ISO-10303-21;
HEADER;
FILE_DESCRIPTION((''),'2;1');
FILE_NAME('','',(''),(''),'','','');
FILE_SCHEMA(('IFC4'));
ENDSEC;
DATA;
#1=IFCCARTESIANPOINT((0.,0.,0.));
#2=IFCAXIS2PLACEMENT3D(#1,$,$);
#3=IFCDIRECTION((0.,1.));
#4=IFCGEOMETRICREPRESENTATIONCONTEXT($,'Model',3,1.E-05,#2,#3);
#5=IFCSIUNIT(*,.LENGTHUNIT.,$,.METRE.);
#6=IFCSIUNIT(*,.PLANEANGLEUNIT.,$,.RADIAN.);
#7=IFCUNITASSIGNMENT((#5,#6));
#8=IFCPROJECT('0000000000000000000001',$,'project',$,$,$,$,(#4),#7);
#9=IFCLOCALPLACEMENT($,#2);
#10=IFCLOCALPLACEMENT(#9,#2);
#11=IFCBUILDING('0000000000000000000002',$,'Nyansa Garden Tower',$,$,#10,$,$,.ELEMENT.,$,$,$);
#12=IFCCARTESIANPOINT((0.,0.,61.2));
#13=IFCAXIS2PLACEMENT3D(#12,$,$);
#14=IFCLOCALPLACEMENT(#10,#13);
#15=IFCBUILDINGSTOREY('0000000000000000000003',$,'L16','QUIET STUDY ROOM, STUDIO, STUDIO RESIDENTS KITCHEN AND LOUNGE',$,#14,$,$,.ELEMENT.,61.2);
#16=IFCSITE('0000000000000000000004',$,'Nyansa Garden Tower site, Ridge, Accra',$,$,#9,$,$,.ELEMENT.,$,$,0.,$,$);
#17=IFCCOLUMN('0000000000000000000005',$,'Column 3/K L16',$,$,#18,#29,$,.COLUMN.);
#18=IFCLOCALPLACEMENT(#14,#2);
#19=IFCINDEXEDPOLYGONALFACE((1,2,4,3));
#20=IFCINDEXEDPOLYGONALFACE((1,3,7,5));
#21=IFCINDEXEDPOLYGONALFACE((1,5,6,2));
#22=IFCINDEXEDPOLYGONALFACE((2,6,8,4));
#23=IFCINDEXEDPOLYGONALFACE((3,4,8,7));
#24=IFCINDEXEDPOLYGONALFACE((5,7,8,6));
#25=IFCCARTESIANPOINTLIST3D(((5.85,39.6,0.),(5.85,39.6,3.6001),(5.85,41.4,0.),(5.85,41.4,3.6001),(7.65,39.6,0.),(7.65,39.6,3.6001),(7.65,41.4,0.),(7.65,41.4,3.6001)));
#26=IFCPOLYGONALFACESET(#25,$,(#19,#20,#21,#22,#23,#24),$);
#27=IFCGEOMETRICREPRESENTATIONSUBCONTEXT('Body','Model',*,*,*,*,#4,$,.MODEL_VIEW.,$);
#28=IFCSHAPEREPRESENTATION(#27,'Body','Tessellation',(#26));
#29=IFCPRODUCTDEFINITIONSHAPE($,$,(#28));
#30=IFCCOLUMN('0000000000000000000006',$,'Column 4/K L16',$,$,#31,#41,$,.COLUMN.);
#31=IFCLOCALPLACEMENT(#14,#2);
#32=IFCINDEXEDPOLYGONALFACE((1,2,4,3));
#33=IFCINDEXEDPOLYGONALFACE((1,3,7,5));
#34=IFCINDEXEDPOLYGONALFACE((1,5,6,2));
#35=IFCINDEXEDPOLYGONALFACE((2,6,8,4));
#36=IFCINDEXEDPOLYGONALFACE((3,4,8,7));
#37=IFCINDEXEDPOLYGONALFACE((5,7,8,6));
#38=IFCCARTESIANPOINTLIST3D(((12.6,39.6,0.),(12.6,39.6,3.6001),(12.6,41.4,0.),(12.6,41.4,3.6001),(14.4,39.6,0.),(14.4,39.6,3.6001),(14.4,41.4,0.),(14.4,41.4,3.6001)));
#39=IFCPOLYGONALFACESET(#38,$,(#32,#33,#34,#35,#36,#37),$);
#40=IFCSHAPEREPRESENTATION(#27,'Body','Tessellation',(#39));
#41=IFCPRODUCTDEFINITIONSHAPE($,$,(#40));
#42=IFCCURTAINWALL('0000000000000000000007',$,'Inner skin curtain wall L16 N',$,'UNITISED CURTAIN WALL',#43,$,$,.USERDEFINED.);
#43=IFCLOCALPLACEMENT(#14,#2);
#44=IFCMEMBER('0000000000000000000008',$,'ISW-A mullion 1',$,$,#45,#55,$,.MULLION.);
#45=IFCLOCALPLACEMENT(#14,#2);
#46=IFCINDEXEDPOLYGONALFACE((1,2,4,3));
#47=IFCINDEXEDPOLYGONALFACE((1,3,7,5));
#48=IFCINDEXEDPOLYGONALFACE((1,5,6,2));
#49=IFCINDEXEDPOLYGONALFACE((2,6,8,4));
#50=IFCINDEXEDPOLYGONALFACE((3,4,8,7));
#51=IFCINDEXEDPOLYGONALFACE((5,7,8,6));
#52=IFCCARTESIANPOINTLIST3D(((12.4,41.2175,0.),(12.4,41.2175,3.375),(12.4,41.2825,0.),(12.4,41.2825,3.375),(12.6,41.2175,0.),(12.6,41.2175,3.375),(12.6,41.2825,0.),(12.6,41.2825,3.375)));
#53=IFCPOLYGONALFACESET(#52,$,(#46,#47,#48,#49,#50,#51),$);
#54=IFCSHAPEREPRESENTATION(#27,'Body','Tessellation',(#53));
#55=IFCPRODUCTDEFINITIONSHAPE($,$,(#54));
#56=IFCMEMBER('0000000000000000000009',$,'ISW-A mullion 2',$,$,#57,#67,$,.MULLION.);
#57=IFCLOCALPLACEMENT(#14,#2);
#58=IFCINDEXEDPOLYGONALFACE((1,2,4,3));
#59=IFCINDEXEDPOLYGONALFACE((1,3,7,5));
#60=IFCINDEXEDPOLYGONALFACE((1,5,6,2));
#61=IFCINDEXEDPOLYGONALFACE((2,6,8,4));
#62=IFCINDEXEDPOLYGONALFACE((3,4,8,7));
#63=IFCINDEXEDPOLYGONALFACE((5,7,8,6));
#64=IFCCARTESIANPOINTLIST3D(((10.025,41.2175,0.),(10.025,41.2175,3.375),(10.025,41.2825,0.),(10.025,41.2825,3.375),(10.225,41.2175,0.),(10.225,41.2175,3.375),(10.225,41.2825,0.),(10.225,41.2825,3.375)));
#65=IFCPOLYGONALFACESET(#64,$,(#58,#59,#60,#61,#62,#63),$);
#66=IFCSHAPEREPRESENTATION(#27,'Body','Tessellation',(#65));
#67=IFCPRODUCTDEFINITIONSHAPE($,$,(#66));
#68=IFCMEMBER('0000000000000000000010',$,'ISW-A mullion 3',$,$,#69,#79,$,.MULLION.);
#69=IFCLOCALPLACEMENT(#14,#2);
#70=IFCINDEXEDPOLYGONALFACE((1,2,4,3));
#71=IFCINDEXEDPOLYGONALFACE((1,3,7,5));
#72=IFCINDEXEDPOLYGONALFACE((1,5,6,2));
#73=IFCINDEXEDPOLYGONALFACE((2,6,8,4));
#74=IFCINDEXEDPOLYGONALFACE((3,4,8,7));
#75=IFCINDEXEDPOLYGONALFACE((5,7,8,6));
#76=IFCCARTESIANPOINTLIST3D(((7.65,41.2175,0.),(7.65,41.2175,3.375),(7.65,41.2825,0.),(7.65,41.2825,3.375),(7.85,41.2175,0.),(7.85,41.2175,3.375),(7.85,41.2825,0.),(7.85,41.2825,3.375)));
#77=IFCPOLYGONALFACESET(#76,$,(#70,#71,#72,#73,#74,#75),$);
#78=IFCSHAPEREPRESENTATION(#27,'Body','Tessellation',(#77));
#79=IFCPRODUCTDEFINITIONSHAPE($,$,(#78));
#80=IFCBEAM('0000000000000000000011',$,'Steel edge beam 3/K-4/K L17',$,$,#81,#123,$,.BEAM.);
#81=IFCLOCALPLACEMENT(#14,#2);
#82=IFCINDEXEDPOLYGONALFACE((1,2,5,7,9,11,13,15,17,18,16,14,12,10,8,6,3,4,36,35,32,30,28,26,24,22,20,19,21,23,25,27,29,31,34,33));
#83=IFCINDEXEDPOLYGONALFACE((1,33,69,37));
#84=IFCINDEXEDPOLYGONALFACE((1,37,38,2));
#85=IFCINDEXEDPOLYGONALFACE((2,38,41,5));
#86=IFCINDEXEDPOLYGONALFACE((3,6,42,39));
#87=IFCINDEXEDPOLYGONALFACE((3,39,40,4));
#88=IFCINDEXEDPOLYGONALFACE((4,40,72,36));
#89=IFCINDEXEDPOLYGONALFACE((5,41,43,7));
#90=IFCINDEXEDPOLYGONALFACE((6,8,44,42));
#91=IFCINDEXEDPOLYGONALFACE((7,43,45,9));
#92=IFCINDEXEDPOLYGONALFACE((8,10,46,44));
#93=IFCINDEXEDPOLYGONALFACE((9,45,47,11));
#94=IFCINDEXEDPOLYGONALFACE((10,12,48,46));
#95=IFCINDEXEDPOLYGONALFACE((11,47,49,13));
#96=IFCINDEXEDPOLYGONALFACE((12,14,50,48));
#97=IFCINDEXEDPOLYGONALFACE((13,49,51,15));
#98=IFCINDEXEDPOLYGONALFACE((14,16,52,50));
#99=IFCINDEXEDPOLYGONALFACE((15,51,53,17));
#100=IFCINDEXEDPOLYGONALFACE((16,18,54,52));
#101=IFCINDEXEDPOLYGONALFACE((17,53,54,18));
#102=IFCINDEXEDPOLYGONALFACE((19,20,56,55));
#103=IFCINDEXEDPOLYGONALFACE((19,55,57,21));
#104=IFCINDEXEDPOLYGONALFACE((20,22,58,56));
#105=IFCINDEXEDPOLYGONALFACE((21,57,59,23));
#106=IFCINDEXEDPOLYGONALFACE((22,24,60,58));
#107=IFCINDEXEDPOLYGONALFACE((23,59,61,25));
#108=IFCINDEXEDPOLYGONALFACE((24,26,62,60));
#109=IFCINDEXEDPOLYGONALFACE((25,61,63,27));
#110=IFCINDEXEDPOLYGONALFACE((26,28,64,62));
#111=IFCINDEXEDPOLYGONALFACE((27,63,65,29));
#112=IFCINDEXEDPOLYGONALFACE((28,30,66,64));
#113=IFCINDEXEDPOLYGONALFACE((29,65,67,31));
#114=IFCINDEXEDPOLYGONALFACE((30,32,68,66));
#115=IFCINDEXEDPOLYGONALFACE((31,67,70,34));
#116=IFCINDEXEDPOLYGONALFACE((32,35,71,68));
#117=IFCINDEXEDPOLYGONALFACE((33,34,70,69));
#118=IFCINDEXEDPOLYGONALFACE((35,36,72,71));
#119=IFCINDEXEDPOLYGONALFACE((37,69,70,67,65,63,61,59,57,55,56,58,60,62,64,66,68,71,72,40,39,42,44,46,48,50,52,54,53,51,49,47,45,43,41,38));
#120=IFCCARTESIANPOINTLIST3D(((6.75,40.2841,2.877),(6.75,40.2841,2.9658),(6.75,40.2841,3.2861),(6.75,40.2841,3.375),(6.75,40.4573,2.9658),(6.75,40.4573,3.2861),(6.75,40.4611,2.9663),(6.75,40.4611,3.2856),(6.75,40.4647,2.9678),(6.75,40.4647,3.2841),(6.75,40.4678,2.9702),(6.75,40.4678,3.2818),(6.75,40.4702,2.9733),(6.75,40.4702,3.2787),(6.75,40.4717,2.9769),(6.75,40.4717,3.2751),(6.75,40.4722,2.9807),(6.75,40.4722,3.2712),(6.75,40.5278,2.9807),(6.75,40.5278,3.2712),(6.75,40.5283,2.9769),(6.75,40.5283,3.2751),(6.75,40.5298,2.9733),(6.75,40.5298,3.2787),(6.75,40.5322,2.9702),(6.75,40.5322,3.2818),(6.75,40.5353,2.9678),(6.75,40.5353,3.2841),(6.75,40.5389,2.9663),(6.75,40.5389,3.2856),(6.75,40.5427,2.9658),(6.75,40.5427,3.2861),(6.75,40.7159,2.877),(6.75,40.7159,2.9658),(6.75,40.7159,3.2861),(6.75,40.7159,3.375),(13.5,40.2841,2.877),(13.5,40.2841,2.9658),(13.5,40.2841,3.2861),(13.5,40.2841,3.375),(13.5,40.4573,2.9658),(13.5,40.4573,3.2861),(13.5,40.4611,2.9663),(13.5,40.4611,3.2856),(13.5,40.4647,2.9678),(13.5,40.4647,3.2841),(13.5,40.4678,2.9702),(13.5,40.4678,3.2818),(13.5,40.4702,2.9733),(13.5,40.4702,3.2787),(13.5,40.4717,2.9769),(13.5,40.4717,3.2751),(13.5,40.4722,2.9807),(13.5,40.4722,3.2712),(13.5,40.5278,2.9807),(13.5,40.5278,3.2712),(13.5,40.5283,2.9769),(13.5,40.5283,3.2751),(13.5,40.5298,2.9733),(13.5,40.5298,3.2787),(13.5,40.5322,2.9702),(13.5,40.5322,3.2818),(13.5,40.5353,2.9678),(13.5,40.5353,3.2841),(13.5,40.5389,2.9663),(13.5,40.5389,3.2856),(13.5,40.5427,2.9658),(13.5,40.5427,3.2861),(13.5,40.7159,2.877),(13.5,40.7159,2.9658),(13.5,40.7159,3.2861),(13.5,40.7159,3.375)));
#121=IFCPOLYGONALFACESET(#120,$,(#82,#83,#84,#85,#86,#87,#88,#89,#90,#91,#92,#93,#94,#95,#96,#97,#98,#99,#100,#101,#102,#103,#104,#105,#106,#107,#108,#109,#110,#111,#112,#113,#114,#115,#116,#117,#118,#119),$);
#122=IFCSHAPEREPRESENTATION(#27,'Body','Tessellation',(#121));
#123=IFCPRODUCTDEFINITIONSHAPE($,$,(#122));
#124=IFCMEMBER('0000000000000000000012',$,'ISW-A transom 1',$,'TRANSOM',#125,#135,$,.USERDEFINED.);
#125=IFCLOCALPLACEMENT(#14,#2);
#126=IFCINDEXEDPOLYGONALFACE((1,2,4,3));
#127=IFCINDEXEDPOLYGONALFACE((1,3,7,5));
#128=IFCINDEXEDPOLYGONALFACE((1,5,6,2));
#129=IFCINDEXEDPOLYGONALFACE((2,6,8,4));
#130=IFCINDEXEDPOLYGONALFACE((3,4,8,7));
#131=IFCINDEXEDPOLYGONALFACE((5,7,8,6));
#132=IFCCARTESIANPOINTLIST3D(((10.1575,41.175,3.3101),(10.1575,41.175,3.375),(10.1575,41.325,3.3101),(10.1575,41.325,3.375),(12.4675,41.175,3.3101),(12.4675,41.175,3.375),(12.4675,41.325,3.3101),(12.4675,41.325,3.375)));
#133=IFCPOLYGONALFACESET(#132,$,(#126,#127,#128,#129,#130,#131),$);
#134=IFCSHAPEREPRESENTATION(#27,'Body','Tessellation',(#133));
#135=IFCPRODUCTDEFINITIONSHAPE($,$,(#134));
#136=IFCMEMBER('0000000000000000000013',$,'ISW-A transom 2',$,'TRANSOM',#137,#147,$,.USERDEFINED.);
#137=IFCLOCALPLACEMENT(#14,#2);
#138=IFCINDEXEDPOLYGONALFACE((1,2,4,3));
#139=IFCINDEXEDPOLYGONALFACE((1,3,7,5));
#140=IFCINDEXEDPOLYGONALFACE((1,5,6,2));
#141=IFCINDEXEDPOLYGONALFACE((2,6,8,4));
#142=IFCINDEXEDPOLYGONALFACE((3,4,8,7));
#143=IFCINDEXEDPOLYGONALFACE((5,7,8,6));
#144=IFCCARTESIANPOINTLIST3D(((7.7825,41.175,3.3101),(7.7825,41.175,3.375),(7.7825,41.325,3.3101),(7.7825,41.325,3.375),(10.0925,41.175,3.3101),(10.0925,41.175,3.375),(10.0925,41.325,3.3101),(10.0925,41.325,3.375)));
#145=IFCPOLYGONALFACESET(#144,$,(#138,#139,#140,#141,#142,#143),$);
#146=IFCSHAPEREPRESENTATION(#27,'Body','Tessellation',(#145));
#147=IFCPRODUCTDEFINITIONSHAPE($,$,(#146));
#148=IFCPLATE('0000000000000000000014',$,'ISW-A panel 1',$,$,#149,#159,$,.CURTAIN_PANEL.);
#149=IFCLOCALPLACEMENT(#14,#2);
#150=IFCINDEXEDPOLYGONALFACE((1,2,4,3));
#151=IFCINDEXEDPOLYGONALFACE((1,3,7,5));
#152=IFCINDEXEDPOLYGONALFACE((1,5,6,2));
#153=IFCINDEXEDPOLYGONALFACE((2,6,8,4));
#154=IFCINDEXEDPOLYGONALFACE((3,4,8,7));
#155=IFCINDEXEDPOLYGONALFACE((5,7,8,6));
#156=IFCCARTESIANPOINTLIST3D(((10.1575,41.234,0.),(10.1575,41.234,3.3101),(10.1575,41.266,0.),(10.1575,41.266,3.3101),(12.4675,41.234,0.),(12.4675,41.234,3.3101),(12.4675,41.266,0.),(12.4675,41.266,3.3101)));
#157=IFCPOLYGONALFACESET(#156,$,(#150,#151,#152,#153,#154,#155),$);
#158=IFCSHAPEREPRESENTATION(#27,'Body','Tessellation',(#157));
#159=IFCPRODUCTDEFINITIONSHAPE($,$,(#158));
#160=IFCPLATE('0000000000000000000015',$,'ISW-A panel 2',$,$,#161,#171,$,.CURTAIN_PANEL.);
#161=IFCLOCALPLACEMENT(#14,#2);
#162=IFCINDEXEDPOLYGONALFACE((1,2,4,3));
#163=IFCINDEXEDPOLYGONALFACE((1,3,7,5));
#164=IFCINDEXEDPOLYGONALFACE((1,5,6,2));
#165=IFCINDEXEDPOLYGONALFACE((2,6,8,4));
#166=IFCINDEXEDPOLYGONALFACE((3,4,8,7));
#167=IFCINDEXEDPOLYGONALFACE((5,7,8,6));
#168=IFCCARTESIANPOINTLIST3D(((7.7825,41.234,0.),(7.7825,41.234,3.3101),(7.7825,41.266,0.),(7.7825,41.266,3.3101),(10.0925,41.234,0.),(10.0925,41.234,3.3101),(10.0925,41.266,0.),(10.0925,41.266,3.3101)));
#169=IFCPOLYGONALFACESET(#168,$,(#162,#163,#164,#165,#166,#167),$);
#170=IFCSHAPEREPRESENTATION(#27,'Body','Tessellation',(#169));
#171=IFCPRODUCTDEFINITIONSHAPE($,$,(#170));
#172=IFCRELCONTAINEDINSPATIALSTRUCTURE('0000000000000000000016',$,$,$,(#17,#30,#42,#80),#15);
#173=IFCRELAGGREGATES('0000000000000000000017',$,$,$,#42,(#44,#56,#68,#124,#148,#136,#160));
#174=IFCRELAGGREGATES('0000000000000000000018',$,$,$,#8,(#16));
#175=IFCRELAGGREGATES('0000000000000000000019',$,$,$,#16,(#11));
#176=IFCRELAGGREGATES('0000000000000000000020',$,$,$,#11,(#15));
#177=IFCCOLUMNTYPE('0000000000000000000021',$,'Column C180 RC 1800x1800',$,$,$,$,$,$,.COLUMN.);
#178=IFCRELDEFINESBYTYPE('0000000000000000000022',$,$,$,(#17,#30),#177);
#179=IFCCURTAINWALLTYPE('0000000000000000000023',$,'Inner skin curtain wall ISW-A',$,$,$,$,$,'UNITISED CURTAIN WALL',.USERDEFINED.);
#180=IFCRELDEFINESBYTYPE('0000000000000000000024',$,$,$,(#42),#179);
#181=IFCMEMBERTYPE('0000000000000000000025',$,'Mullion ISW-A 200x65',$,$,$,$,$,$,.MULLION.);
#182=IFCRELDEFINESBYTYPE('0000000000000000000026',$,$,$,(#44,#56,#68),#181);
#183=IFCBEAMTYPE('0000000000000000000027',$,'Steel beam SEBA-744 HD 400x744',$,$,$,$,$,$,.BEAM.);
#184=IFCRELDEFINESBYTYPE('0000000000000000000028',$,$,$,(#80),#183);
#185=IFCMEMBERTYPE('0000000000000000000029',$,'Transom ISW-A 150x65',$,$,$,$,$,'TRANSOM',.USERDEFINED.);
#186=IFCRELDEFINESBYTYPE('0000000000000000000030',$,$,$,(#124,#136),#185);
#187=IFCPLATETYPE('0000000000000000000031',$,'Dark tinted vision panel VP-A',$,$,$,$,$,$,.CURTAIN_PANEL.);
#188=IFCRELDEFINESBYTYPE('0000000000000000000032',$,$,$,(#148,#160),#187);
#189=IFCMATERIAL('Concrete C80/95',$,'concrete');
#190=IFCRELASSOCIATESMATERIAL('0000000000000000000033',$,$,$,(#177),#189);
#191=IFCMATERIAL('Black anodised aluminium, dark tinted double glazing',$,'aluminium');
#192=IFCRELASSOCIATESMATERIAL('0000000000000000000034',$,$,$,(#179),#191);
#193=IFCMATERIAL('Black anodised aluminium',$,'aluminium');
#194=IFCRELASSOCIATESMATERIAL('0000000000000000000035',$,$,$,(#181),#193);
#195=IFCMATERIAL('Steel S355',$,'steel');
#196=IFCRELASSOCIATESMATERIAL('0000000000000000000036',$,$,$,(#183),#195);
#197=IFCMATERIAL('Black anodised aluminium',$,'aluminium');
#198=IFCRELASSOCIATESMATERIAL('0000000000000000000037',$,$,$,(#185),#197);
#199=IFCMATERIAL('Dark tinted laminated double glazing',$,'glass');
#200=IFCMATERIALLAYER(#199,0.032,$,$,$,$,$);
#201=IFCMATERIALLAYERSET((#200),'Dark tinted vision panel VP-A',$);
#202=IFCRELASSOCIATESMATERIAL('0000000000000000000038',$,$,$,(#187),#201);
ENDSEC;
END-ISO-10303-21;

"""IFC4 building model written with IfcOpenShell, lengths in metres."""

from ifc_helpers import new_model, si_unit, direction, frame, origin, origin_2d, place, context, subcontext, project, spatial, rectangle, i_section, extrude, material, layer, layer_set, material_profile, profile_set, type_object, element, aggregate, save


model = new_model("IFC4")

# Units and contexts
model_context = context("Model", 3, precision=1e-05, world=origin(), true_north=direction((0.0, 1.0)))
body_context = subcontext(model_context, "Body", "Model", "MODEL_VIEW")
ifc_project = project(units=[si_unit("LENGTHUNIT", "METRE"), si_unit("PLANEANGLEUNIT", "RADIAN")], contexts=[model_context])

# Site, building, storey
site_placement = place(None, origin())
site = spatial("IfcSite", under=ifc_project, at=site_placement, Name="Nyansa Garden Tower site, Ridge, Accra", CompositionType="ELEMENT", RefElevation=0.0)
building_placement = place(site_placement, origin())
building = spatial("IfcBuilding", under=site, at=building_placement, Name="Nyansa Garden Tower", CompositionType="ELEMENT")
storey_placement = place(building_placement, frame((0.0, 0.0, 61.2)))
storey = spatial("IfcBuildingStorey", under=building, at=storey_placement, Name="L16", Description="QUIET STUDY ROOM, STUDIO, STUDIO RESIDENTS KITCHEN AND LOUNGE", CompositionType="ELEMENT", Elevation=61.2)

# Columns
ifc_material_1 = material(Name="Concrete C80/95", Category="concrete")
ifc_material_profile_1 = material_profile(ifc_material_1, rectangle(XDim=1.8, YDim=1.8, at=origin_2d()), Name="RC 1800x1800")
ifc_profile_set_1 = profile_set([ifc_material_profile_1], Name="Concrete C80/95")
column_type = type_object("IfcColumnType", Name="Column C180 RC 1800x1800", PredefinedType="COLUMN", material=ifc_profile_set_1)
for number, where, z_axis, x_axis, name in (
    (1, (6.75, 40.5, 0.0), (0.0, 0.0, 1.0), (1.0, 0.0, 0.0), "Column 3/K L16"),
    (2, (13.5, 40.5, 0.0), (0.0, 0.0, 1.0), (1.0, 0.0, 0.0), "Column 4/K L16"),
):
    element("IfcColumn", number, at=place(storey_placement, frame(where, z_axis=z_axis, x_axis=x_axis)), inside=storey, type_object=column_type, Name=name, PredefinedType="COLUMN", context=body_context, shape_type="SweptSolid", body=[
        extrude(rectangle(XDim=1.8, YDim=1.8, at=origin_2d()), origin(), (0.0, 0.0, 1.0), 3.6001),
    ])

# Curtain wall, members
ifc_material_2 = material(Name="Black anodised aluminium, dark tinted double glazing", Category="aluminium")
curtain_wall_type = type_object("IfcCurtainWallType", Name="Inner skin curtain wall ISW-A", ElementType="UNITISED CURTAIN WALL", PredefinedType="USERDEFINED", material=ifc_material_2)
curtain_wall_placement = place(storey_placement, origin())
curtain_wall = element("IfcCurtainWall", 3, at=curtain_wall_placement, inside=storey, type_object=curtain_wall_type, Name="Inner skin curtain wall L16 N", ObjectType="UNITISED CURTAIN WALL", PredefinedType="USERDEFINED")
ifc_material_3 = material(Name="Black anodised aluminium", Category="aluminium")
ifc_material_profile_2 = material_profile(ifc_material_3, rectangle(XDim=0.0649, YDim=0.2, at=origin_2d()), Name="Mullion 200x65")
ifc_profile_set_2 = profile_set([ifc_material_profile_2], Name="Black anodised aluminium")
member_type_1 = type_object("IfcMemberType", Name="Mullion ISW-A 200x65", PredefinedType="MULLION", material=ifc_profile_set_2)
member_1_placement = place(storey_placement, frame((12.5, 41.25, 0.0), z_axis=(0.0, 0.0, 1.0), x_axis=(0.0, -1.0, 0.0)))
member_1 = element("IfcMember", 4, at=member_1_placement, type_object=member_type_1, Name="ISW-A mullion 1", PredefinedType="MULLION", context=body_context, shape_type="SweptSolid", body=[
    extrude(rectangle(XDim=0.0649, YDim=0.2, at=origin_2d()), origin(), (0.0, 0.0, 1.0), 3.375),
])
member_2_placement = place(storey_placement, frame((10.125, 41.25, 0.0), z_axis=(0.0, 0.0, 1.0), x_axis=(0.0, -1.0, 0.0)))
member_2 = element("IfcMember", 5, at=member_2_placement, type_object=member_type_1, Name="ISW-A mullion 2", PredefinedType="MULLION", context=body_context, shape_type="SweptSolid", body=[
    extrude(rectangle(XDim=0.0649, YDim=0.2, at=origin_2d()), origin(), (0.0, 0.0, 1.0), 3.375),
])
member_3_placement = place(storey_placement, frame((7.75, 41.25, 0.0), z_axis=(0.0, 0.0, 1.0), x_axis=(0.0, -1.0, 0.0)))
member_3 = element("IfcMember", 6, at=member_3_placement, type_object=member_type_1, Name="ISW-A mullion 3", PredefinedType="MULLION", context=body_context, shape_type="SweptSolid", body=[
    extrude(rectangle(XDim=0.0649, YDim=0.2, at=origin_2d()), origin(), (0.0, 0.0, 1.0), 3.375),
])

# Beam
ifc_material_4 = material(Name="Steel S355", Category="steel")
ifc_material_profile_3 = material_profile(ifc_material_4, i_section(OverallWidth=0.4319, OverallDepth=0.498, WebThickness=0.0557, FlangeThickness=0.0889, FilletRadius=0.0149, at=origin_2d()), Name="HD 400x744")
ifc_profile_set_3 = profile_set([ifc_material_profile_3], Name="Steel S355")
beam_type = type_object("IfcBeamType", Name="Steel beam SEBA-744 HD 400x744", PredefinedType="BEAM", material=ifc_profile_set_3)
beam_placement = place(storey_placement, frame((6.75, 40.5, 3.126), z_axis=(1.0, 0.0, 0.0), x_axis=(0.0, 1.0, 0.0)))
element("IfcBeam", 7, at=beam_placement, inside=storey, type_object=beam_type, Name="Steel edge beam 3/K-4/K L17", PredefinedType="BEAM", context=body_context, shape_type="SweptSolid", body=[
    extrude(i_section(OverallWidth=0.4319, OverallDepth=0.498, WebThickness=0.0557, FlangeThickness=0.0889, FilletRadius=0.0149, at=origin_2d()), origin(), (0.0, 0.0, 1.0), 6.75),
])

# Members
ifc_material_5 = material(Name="Black anodised aluminium", Category="aluminium")
ifc_material_profile_4 = material_profile(ifc_material_5, rectangle(XDim=0.1499, YDim=0.0649, at=origin_2d()), Name="Transom 150x65")
ifc_profile_set_4 = profile_set([ifc_material_profile_4], Name="Black anodised aluminium")
member_type_2 = type_object("IfcMemberType", Name="Transom ISW-A 150x65", ElementType="TRANSOM", PredefinedType="USERDEFINED", material=ifc_profile_set_4)
member_4_placement = place(storey_placement, frame((12.4675, 41.25, 3.3425), z_axis=(-1.0, 0.0, 0.0), x_axis=(0.0, -1.0, 0.0)))
member_4 = element("IfcMember", 8, at=member_4_placement, type_object=member_type_2, Name="ISW-A transom 1", ObjectType="TRANSOM", PredefinedType="USERDEFINED", context=body_context, shape_type="SweptSolid", body=[
    extrude(rectangle(XDim=0.1499, YDim=0.0649, at=origin_2d()), origin(), (0.0, 0.0, 1.0), 2.3101),
])
member_5_placement = place(storey_placement, frame((10.0925, 41.25, 3.3425), z_axis=(-1.0, 0.0, 0.0), x_axis=(0.0, -1.0, 0.0)))
member_5 = element("IfcMember", 9, at=member_5_placement, type_object=member_type_2, Name="ISW-A transom 2", ObjectType="TRANSOM", PredefinedType="USERDEFINED", context=body_context, shape_type="SweptSolid", body=[
    extrude(rectangle(XDim=0.1499, YDim=0.0649, at=origin_2d()), origin(), (0.0, 0.0, 1.0), 2.3101),
])

# Plates
ifc_material_6 = material(Name="Dark tinted laminated double glazing", Category="glass")
ifc_layer_1 = layer(ifc_material_6, 0.032)
ifc_layer_set_1 = layer_set([ifc_layer_1], Name="Dark tinted vision panel VP-A")
plate_type = type_object("IfcPlateType", Name="Dark tinted vision panel VP-A", PredefinedType="CURTAIN_PANEL", material=ifc_layer_set_1)
plate_1_placement = place(storey_placement, frame((11.3125, 41.25, 0.0), z_axis=(0.0, 0.0, 1.0), x_axis=(-1.0, 0.0, 0.0)))
plate_1 = element("IfcPlate", 10, at=plate_1_placement, type_object=plate_type, Name="ISW-A panel 1", PredefinedType="CURTAIN_PANEL", context=body_context, shape_type="SweptSolid", body=[
    extrude(rectangle(XDim=2.3101, YDim=0.032, at=origin_2d()), origin(), (0.0, 0.0, 1.0), 3.3101),
])
plate_2_placement = place(storey_placement, frame((8.9375, 41.25, 0.0), z_axis=(0.0, 0.0, 1.0), x_axis=(-1.0, 0.0, 0.0)))
plate_2 = element("IfcPlate", 11, at=plate_2_placement, type_object=plate_type, Name="ISW-A panel 2", PredefinedType="CURTAIN_PANEL", context=body_context, shape_type="SweptSolid", body=[
    extrude(rectangle(XDim=2.3101, YDim=0.032, at=origin_2d()), origin(), (0.0, 0.0, 1.0), 3.3101),
])
aggregate(curtain_wall, [member_1, member_2, member_3, member_4, plate_1, member_5, plate_2])

save(model, "model.ifc")
